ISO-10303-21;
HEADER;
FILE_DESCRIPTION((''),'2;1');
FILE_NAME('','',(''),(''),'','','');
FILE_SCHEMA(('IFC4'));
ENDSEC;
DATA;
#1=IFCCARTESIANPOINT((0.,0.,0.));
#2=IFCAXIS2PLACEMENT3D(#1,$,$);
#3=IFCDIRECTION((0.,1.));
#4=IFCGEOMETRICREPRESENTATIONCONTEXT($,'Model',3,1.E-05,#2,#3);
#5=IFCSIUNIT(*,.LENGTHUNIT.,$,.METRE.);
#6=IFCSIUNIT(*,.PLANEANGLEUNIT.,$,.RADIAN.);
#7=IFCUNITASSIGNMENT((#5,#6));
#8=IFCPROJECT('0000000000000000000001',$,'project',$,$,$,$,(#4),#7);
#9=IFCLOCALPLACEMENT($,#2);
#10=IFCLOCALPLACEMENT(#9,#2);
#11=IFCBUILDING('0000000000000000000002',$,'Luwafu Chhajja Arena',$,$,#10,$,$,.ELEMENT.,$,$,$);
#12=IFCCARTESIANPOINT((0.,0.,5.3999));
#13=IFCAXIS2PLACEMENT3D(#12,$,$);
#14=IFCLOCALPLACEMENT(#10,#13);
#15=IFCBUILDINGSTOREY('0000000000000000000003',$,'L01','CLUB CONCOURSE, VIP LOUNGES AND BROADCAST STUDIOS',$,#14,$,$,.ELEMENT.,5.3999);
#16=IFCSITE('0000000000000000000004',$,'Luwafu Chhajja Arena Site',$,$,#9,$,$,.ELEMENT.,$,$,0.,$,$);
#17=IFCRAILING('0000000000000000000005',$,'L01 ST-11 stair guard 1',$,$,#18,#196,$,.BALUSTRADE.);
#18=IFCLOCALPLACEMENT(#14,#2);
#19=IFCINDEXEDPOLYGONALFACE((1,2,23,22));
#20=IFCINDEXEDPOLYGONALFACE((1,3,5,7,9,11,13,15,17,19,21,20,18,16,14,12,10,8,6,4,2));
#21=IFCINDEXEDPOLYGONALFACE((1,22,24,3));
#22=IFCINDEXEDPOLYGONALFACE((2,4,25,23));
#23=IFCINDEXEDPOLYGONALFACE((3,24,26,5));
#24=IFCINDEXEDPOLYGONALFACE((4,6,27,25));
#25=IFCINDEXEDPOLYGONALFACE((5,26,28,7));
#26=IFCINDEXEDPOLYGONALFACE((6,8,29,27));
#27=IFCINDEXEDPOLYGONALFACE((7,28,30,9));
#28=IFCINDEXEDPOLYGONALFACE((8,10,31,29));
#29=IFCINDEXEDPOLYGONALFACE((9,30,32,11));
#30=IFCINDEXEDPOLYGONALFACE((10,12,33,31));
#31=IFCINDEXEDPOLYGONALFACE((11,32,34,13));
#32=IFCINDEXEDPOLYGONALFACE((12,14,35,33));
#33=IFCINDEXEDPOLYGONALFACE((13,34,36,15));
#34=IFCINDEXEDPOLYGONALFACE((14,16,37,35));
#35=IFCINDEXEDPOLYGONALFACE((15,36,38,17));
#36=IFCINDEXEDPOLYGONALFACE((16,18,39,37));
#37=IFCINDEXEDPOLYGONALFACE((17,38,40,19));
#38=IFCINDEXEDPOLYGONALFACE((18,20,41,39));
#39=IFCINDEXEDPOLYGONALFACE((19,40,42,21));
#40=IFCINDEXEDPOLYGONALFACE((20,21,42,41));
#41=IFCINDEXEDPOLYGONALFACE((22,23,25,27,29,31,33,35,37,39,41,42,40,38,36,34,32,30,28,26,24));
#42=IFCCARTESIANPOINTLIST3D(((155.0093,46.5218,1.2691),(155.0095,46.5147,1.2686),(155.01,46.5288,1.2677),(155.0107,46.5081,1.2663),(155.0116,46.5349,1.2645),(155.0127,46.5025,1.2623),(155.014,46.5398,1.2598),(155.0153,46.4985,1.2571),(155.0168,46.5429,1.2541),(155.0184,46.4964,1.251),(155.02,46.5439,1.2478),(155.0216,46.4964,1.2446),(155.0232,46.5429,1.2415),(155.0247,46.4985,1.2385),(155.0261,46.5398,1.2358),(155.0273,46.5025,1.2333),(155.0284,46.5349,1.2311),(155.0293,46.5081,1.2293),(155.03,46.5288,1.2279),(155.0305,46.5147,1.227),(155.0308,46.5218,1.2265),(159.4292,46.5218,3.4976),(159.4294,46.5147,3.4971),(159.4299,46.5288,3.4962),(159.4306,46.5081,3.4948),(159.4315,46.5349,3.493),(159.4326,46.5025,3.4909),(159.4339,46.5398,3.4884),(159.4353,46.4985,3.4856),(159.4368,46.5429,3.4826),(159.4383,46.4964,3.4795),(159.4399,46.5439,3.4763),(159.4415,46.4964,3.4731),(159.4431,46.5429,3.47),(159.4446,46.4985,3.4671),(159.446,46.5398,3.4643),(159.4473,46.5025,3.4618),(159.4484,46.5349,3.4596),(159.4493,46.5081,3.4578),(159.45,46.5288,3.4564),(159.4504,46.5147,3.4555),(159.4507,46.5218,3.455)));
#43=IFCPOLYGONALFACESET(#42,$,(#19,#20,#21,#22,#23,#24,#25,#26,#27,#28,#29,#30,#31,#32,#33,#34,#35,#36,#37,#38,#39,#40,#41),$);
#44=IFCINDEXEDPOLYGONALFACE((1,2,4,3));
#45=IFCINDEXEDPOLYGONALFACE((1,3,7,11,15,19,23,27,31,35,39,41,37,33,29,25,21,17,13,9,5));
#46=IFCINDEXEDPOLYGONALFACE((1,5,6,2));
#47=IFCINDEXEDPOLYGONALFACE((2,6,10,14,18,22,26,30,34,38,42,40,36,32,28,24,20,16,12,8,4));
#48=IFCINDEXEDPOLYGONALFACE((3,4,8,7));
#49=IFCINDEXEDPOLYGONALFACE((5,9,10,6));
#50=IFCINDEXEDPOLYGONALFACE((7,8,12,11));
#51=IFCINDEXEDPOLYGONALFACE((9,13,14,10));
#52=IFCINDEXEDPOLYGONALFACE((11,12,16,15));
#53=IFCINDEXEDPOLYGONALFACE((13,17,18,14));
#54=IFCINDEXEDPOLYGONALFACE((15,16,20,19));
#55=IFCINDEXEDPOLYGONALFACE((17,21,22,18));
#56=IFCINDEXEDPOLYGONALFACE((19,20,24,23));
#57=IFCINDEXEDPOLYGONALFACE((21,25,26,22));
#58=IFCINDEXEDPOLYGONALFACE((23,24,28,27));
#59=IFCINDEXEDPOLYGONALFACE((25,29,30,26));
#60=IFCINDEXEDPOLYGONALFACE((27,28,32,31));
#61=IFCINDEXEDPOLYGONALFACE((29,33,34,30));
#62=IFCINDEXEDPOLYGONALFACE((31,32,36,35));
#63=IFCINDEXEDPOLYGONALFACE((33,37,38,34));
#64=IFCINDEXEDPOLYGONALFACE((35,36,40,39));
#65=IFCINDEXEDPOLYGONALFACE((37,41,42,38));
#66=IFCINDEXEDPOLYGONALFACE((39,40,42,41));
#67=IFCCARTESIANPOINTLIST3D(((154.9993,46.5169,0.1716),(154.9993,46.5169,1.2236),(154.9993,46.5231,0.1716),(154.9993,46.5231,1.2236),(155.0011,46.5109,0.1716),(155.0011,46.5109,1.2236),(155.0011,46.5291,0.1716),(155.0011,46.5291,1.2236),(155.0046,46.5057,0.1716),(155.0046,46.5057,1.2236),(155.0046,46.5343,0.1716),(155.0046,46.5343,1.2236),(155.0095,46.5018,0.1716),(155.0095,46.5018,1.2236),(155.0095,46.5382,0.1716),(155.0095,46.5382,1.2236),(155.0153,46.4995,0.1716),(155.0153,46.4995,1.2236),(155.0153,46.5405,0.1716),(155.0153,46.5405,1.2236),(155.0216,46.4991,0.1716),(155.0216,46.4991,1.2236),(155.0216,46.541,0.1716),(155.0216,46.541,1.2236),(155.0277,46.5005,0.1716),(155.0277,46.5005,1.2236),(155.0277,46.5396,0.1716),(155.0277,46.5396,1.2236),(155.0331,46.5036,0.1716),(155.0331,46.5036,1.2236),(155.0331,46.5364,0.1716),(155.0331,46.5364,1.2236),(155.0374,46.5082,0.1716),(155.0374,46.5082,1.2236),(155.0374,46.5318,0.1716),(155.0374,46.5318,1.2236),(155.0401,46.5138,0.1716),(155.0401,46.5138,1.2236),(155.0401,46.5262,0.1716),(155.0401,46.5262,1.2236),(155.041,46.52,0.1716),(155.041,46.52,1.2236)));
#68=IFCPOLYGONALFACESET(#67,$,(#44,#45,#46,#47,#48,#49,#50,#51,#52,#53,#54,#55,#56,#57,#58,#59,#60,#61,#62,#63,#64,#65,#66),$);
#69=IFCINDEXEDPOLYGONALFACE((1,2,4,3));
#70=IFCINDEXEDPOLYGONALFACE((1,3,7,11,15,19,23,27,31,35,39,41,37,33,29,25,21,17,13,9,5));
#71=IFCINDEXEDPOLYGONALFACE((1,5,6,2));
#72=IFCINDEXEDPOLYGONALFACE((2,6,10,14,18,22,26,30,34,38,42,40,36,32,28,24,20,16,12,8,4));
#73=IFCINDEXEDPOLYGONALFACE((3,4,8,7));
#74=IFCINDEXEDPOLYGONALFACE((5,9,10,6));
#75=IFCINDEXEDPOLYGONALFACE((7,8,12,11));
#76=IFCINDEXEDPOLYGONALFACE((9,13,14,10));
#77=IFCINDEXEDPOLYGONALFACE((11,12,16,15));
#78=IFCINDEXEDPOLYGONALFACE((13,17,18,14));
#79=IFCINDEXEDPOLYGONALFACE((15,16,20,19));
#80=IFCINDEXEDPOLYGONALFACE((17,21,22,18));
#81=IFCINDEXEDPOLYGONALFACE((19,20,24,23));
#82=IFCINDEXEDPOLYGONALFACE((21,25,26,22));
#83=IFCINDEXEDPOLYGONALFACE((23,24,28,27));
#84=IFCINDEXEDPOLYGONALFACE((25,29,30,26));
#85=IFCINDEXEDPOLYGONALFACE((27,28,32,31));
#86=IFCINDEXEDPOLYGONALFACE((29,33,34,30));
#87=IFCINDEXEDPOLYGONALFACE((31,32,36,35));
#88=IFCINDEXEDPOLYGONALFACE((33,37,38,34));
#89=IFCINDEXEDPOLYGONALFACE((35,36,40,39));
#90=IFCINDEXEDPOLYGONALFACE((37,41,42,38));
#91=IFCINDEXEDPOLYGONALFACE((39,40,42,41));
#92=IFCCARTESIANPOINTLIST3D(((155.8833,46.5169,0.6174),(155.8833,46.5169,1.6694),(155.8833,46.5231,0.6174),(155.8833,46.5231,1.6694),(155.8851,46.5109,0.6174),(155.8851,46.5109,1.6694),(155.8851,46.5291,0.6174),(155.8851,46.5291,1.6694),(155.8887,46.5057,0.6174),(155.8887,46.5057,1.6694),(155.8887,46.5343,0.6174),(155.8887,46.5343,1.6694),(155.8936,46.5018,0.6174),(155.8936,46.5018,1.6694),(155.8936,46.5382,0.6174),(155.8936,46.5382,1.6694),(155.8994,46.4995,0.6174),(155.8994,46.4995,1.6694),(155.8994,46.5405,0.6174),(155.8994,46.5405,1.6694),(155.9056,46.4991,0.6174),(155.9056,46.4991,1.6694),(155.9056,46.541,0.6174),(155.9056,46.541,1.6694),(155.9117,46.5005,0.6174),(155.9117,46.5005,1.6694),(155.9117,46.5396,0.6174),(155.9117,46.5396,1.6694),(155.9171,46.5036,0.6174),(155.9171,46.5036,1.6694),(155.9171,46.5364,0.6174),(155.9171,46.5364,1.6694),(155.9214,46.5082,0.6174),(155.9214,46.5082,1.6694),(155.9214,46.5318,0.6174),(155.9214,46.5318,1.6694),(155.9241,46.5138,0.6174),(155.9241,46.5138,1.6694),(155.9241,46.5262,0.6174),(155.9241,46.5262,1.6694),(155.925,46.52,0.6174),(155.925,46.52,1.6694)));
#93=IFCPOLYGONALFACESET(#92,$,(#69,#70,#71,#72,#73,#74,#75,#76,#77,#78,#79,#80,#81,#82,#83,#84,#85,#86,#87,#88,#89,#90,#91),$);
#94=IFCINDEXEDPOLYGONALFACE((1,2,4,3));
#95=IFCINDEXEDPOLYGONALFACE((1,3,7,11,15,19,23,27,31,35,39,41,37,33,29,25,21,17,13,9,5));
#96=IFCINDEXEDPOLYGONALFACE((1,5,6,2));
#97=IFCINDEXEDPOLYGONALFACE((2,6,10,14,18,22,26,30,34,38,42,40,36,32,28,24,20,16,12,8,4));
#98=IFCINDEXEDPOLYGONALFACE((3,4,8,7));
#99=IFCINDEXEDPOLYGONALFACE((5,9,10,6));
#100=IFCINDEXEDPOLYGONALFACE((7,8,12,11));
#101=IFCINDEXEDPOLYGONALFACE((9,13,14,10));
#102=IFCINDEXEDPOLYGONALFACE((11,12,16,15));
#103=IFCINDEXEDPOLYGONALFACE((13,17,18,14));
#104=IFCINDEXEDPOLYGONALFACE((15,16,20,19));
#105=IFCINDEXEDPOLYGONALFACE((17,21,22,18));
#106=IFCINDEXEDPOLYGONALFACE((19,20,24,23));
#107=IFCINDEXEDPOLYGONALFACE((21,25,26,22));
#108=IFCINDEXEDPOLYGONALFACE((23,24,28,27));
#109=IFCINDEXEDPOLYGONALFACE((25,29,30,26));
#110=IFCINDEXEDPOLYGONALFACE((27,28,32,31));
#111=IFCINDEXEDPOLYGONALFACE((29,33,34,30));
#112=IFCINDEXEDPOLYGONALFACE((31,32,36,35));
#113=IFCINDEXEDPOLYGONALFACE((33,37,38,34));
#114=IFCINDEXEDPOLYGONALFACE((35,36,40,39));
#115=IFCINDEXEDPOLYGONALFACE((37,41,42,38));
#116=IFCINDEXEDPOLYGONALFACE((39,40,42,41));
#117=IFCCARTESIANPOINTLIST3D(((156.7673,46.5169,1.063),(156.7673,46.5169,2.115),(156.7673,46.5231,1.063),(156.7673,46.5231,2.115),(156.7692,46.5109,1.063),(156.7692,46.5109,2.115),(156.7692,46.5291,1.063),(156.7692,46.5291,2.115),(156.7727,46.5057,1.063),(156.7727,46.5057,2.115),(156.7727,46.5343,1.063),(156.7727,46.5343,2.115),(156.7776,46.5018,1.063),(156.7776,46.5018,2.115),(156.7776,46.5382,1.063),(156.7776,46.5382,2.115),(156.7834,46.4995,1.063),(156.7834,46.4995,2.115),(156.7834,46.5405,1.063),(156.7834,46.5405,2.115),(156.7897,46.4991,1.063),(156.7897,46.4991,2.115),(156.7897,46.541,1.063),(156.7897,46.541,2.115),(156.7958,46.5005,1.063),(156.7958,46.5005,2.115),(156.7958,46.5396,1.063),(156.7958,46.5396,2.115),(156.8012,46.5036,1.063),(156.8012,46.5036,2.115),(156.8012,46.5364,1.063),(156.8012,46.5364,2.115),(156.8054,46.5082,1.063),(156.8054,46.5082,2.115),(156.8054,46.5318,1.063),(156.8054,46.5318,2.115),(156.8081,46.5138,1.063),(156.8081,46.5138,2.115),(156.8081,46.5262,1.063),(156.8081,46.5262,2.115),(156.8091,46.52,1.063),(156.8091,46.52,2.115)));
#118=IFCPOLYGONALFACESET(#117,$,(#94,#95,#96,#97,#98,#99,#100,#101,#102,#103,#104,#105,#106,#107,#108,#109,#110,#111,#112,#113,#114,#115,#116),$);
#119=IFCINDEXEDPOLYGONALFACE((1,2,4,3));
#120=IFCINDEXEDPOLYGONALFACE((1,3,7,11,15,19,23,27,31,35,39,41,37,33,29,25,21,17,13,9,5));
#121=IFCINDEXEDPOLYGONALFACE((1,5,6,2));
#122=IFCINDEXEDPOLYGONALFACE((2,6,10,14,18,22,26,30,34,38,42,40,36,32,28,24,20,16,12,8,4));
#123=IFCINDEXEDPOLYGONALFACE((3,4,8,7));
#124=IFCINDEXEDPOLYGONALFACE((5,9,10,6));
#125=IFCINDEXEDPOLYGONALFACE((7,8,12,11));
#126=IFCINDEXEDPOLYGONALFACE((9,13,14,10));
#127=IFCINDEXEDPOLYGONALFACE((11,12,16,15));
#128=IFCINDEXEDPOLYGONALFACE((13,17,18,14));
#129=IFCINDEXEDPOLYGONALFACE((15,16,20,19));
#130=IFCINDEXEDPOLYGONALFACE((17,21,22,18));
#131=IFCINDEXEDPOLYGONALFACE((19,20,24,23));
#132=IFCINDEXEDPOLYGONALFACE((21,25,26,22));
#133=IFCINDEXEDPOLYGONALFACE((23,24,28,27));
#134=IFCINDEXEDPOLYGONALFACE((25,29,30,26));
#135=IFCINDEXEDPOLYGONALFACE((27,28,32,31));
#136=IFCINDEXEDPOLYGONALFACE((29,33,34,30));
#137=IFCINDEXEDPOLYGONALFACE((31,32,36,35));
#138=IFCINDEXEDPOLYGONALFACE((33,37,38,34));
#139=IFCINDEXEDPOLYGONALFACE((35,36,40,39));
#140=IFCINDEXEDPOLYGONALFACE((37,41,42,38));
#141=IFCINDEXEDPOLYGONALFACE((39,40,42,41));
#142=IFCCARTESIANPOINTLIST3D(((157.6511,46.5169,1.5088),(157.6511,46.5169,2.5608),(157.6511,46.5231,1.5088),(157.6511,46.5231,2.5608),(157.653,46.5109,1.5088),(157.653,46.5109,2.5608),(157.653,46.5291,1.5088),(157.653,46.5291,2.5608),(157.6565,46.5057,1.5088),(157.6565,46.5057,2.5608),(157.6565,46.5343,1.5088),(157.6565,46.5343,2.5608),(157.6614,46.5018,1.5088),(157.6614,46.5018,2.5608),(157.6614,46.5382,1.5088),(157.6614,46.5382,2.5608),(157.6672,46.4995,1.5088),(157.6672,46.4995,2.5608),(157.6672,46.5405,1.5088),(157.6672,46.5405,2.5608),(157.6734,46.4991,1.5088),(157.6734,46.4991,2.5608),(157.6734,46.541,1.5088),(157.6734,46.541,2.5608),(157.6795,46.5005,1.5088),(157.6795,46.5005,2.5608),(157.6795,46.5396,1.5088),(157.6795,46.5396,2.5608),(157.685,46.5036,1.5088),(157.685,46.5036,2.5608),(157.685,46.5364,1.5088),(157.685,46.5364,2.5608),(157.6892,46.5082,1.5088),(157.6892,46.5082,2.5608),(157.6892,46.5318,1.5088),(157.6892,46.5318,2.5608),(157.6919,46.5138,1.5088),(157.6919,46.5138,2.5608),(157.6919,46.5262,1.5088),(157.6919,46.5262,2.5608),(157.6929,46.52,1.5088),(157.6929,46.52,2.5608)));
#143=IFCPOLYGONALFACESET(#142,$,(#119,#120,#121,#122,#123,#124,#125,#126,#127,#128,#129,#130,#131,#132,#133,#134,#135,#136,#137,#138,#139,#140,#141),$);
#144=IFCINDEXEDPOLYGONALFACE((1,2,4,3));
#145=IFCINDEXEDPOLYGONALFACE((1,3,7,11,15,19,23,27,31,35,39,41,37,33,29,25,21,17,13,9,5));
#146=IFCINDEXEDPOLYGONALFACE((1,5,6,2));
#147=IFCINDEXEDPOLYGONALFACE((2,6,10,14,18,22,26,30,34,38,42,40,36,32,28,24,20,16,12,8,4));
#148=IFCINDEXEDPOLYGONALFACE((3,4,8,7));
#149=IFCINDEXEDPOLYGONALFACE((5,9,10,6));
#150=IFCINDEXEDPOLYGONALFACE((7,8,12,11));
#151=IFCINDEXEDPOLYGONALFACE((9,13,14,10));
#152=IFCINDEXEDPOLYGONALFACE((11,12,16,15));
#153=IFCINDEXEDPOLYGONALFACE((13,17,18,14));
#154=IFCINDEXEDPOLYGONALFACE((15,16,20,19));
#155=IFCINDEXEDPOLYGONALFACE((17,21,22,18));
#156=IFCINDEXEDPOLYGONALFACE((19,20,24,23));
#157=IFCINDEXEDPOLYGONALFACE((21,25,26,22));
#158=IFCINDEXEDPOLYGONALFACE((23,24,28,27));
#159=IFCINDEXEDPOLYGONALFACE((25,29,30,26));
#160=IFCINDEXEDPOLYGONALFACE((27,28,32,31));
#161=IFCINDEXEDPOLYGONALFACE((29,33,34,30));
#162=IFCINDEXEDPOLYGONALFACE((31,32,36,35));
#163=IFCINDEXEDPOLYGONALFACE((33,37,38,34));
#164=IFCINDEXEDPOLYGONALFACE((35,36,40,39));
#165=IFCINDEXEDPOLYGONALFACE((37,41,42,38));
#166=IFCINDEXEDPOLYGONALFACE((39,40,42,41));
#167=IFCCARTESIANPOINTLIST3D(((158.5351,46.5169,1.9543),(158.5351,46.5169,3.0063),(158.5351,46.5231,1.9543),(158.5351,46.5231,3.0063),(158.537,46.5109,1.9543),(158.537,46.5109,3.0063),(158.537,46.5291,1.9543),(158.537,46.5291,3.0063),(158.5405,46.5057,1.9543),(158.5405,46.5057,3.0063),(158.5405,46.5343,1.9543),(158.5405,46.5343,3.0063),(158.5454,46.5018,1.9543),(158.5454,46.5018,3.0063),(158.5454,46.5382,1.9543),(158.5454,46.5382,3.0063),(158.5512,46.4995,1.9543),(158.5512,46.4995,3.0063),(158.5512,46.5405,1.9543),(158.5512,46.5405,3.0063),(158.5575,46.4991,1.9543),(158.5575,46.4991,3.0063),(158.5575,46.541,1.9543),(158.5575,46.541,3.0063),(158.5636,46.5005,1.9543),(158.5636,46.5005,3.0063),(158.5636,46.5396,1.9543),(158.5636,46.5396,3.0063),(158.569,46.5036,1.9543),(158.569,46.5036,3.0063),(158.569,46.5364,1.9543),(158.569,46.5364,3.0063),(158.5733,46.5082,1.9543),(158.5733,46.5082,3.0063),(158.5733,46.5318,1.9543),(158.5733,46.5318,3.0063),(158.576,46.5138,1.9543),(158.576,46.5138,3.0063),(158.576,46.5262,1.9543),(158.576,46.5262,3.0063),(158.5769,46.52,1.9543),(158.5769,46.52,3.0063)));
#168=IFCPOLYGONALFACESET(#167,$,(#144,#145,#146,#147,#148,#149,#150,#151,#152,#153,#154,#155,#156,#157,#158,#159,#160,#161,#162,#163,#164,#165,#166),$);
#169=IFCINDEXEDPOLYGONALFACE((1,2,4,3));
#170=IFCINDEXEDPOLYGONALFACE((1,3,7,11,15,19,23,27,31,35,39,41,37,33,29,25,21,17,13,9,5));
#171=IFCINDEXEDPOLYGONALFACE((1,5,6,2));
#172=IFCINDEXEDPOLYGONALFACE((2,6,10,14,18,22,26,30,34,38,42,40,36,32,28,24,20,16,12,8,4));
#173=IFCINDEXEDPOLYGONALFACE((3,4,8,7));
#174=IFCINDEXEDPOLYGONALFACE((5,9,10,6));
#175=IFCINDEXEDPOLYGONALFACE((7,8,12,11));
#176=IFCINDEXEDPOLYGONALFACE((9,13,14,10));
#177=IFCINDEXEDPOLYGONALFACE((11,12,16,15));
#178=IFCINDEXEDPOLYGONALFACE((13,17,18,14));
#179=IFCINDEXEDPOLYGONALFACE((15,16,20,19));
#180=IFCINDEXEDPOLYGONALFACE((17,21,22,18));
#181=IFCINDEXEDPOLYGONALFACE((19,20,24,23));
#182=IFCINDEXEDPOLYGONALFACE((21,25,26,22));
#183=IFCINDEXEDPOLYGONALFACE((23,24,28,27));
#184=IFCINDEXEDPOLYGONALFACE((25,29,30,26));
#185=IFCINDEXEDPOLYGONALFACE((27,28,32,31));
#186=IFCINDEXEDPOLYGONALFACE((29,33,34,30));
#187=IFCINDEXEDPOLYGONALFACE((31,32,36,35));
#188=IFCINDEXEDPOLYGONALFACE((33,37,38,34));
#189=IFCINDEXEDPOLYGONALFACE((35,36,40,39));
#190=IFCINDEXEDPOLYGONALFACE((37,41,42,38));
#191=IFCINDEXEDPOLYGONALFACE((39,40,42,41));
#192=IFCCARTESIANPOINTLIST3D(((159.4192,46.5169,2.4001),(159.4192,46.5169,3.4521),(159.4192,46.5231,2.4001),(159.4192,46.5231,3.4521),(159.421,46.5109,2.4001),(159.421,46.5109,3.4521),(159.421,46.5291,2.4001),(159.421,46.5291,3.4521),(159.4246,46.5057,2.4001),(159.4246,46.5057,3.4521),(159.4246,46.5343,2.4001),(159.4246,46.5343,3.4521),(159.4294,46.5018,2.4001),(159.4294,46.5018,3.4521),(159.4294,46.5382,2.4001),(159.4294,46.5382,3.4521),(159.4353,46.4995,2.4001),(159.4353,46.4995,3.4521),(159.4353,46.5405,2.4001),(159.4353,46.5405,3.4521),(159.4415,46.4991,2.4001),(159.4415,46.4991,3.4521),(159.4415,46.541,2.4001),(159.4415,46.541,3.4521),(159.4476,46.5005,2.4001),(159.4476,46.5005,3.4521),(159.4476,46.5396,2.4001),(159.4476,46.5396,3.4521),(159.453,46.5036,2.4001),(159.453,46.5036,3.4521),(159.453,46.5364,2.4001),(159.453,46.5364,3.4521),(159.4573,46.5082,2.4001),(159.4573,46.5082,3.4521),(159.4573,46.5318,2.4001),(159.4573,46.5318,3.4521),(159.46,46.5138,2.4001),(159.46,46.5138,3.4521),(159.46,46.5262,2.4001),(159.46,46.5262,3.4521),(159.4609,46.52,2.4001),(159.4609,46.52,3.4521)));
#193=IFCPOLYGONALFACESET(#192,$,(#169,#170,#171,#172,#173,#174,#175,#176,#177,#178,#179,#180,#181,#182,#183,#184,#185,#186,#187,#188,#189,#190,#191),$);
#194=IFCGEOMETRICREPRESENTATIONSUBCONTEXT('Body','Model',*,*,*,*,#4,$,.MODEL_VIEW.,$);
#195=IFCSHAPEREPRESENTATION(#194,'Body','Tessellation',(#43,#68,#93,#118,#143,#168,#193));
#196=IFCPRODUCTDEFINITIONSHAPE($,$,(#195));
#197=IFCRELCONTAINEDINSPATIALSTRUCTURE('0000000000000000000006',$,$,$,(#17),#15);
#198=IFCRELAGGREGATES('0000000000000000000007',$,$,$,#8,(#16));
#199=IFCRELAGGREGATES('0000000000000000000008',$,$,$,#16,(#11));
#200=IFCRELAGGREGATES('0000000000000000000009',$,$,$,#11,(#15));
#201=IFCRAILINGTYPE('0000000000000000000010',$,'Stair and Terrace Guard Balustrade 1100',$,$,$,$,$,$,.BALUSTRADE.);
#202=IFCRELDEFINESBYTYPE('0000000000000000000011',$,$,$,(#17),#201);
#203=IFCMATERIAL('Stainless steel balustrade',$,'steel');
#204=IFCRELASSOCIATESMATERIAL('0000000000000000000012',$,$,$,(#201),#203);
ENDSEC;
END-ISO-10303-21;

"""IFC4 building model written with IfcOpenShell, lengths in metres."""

from ifc_helpers import new_model, si_unit, direction, frame, origin, origin_2d, place, context, subcontext, project, spatial, circle, extrude, material, type_object, element, save


model = new_model("IFC4")

# Units and contexts
model_context = context("Model", 3, precision=1e-05, world=origin(), true_north=direction((0.0, 1.0)))
body_context = subcontext(model_context, "Body", "Model", "MODEL_VIEW")
ifc_project = project(units=[si_unit("LENGTHUNIT", "METRE"), si_unit("PLANEANGLEUNIT", "RADIAN")], contexts=[model_context])

# Site, building, storey
site_placement = place(None, origin())
site = spatial("IfcSite", under=ifc_project, at=site_placement, Name="Luwafu Chhajja Arena Site", CompositionType="ELEMENT", RefElevation=0.0)
building_placement = place(site_placement, origin())
building = spatial("IfcBuilding", under=site, at=building_placement, Name="Luwafu Chhajja Arena", CompositionType="ELEMENT")
storey_placement = place(building_placement, frame((0.0, 0.0, 5.3999)))
storey = spatial("IfcBuildingStorey", under=building, at=storey_placement, Name="L01", Description="CLUB CONCOURSE, VIP LOUNGES AND BROADCAST STUDIOS", CompositionType="ELEMENT", Elevation=5.3999)

# Railing
ifc_material_1 = material(Name="Stainless steel balustrade", Category="steel")
railing_type_1 = type_object("IfcRailingType", Name="Stair and Terrace Guard Balustrade 1100", PredefinedType="BALUSTRADE", material=ifc_material_1)
railing_1_placement = place(storey_placement, frame((155.02, 46.52, 0.1716)))
element("IfcRailing", 1, at=railing_1_placement, inside=storey, type_object=railing_type_1, Name="L01 ST-11 stair guard 1", PredefinedType="BALUSTRADE", context=body_context, shape_type="SweptSolid", body=[
    extrude(circle(Radius=0.0239, at=origin_2d()), frame((0.0, 0.0, 1.0762), z_axis=(0.892923, 0.0, 0.45021), x_axis=(0.0, 1.0, 0.0)), (0.0, 0.0, 1.0), 4.95),
    extrude(circle(Radius=0.021, at=origin_2d()), origin(), (0.0, 0.0, 1.0), 1.052),
    extrude(circle(Radius=0.021, at=origin_2d()), frame((0.884, 0.0, 0.4458)), (0.0, 0.0, 1.0), 1.052),
    extrude(circle(Radius=0.021, at=origin_2d()), frame((1.7681, 0.0, 0.8914)), (0.0, 0.0, 1.0), 1.052),
    extrude(circle(Radius=0.021, at=origin_2d()), frame((2.6519, 0.0, 1.3372)), (0.0, 0.0, 1.0), 1.052),
    extrude(circle(Radius=0.021, at=origin_2d()), frame((3.5359, 0.0, 1.7827)), (0.0, 0.0, 1.0), 1.052),
    extrude(circle(Radius=0.021, at=origin_2d()), frame((4.4199, 0.0, 2.2285)), (0.0, 0.0, 1.0), 1.052),
])

save(model, "model.ifc")
